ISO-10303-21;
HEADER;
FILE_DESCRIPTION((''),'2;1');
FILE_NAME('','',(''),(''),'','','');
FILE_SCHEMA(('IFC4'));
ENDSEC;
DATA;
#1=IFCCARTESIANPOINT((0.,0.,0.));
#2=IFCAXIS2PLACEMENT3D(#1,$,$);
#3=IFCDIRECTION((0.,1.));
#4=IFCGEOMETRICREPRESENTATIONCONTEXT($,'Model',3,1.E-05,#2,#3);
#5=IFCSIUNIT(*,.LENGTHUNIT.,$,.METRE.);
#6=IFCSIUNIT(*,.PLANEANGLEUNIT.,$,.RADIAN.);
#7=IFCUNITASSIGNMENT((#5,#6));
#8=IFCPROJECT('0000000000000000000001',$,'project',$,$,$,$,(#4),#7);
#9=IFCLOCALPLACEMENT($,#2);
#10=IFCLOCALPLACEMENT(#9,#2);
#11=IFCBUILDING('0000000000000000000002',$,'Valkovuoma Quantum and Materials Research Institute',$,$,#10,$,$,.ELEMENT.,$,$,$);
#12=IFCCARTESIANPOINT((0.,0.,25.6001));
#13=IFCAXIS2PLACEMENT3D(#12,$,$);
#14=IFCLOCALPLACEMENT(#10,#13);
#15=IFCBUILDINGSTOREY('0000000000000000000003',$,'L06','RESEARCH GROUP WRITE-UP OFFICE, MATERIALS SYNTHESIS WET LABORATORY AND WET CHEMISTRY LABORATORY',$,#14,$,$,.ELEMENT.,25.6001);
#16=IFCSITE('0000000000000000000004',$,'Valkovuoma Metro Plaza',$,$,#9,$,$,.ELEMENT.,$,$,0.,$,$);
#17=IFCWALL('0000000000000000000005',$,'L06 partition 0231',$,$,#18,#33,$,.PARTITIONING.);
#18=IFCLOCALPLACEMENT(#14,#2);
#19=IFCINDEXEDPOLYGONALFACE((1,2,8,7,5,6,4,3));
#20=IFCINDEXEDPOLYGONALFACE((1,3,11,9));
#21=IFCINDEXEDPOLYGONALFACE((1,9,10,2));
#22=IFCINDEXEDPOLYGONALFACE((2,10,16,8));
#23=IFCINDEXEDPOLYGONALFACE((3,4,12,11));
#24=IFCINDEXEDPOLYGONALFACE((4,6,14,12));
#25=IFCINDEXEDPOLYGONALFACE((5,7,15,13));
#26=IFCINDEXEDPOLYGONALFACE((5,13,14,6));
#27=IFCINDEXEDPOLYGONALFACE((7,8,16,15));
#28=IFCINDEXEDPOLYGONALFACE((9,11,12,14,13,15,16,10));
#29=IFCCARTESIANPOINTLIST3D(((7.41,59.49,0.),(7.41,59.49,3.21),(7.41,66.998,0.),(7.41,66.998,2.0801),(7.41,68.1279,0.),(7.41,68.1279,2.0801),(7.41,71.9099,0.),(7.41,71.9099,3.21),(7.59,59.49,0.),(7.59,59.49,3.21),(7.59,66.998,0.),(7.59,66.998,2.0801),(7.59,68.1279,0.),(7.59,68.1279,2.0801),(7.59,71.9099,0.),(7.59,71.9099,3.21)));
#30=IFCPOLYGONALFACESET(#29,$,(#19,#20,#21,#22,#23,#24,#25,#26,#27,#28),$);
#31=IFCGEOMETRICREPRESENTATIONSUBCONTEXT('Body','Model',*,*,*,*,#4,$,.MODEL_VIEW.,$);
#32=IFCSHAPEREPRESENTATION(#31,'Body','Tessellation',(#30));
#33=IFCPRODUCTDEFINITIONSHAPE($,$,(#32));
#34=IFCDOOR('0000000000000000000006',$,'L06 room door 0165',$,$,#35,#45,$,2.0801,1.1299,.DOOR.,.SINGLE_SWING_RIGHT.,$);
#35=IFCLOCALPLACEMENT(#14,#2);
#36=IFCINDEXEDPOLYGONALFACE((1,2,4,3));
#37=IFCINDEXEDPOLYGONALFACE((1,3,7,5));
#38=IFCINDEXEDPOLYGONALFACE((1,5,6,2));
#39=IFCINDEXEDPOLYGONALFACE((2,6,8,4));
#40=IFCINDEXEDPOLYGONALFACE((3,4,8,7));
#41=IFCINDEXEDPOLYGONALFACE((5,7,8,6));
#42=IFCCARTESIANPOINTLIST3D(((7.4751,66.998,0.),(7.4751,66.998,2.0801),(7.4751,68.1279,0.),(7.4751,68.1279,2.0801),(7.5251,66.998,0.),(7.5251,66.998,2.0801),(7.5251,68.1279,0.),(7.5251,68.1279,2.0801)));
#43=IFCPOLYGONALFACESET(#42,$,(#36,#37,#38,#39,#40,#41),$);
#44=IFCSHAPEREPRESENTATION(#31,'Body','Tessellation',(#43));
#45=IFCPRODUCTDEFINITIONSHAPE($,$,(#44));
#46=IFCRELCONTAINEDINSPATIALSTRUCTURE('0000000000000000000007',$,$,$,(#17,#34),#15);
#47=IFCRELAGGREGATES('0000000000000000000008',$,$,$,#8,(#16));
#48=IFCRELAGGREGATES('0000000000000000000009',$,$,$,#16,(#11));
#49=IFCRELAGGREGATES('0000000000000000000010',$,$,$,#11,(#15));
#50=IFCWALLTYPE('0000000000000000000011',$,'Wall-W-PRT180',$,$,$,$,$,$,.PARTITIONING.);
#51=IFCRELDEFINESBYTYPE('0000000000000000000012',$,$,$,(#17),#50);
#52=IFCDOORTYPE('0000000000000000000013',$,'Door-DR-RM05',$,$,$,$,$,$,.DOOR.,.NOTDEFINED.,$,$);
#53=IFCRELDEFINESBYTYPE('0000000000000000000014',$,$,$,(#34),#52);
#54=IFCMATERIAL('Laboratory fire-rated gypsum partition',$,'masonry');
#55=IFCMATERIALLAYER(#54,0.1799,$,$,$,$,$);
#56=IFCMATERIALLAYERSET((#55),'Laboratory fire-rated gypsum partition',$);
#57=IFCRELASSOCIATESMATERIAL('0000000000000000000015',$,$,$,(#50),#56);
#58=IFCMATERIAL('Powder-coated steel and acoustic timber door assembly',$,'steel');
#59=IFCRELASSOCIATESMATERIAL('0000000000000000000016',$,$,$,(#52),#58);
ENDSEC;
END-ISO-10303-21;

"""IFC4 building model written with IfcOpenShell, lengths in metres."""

from ifc_helpers import new_model, si_unit, direction, frame, frame_2d, origin, place, context, subcontext, project, spatial, rectangle, extrude, material, layer, layer_set, type_object, element, fill, save


model = new_model("IFC4")

# Units and contexts
model_context = context("Model", 3, precision=1e-05, world=origin(), true_north=direction((0.0, 1.0)))
body_context = subcontext(model_context, "Body", "Model", "MODEL_VIEW")
ifc_project = project(units=[si_unit("LENGTHUNIT", "METRE"), si_unit("PLANEANGLEUNIT", "RADIAN")], contexts=[model_context])

# Site, building, storey
site_placement = place(None, origin())
site = spatial("IfcSite", under=ifc_project, at=site_placement, Name="Valkovuoma Metro Plaza", CompositionType="ELEMENT", RefElevation=0.0)
building_placement = place(site_placement, origin())
building = spatial("IfcBuilding", under=site, at=building_placement, Name="Valkovuoma Quantum and Materials Research Institute", CompositionType="ELEMENT")
storey_placement = place(building_placement, frame((0.0, 0.0, 25.6001)))
storey = spatial("IfcBuildingStorey", under=building, at=storey_placement, Name="L06", Description="RESEARCH GROUP WRITE-UP OFFICE, MATERIALS SYNTHESIS WET LABORATORY AND WET CHEMISTRY LABORATORY", CompositionType="ELEMENT", Elevation=25.6001)

# Shared definitions
ifc_material_1 = material(Name="Laboratory fire-rated gypsum partition", Category="masonry")
ifc_layer_1 = layer(ifc_material_1, 0.1799)
ifc_layer_set_1 = layer_set([ifc_layer_1], Name="Laboratory fire-rated gypsum partition")
wall_type = type_object("IfcWallType", Name="Wall-W-PRT180", PredefinedType="PARTITIONING", material=ifc_layer_set_1)

# Wall, opening, door
wall_1_placement = place(storey_placement, frame((7.5, 59.49, 0.0), z_axis=(0.0, 0.0, 1.0), x_axis=(0.0, 1.0, 0.0)))
wall_1 = element("IfcWall", 1, at=wall_1_placement, inside=storey, type_object=wall_type, Name="L06 partition 0231", PredefinedType="PARTITIONING", context=body_context, shape_type="SweptSolid", body=[
    extrude(rectangle(XDim=12.4199, YDim=0.1799, at=frame_2d((6.21, 0.0))), origin(), (0.0, 0.0, 1.0), 3.21),
])
opening_placement = place(wall_1_placement, frame((7.5081, 0.0, 0.0)))
opening = element("IfcOpeningElement", 2, at=opening_placement, cuts=wall_1, PredefinedType="OPENING", context=body_context, shape_type="SweptSolid", body=[
    extrude(rectangle(XDim=1.1299, YDim=2.0801, at=frame_2d((0.5649, 1.04))), frame((0.0, 0.1001, 0.0), z_axis=(0.0, -1.0, 0.0), x_axis=(1.0, 0.0, 0.0)), (0.0, 0.0, 1.0), 0.2),
])
ifc_material_2 = material(Name="Powder-coated steel and acoustic timber door assembly", Category="steel")
door_type = type_object("IfcDoorType", Name="Door-DR-RM05", OperationType="NOTDEFINED", PredefinedType="DOOR", material=ifc_material_2)
door_placement = place(opening_placement, origin())
door = element("IfcDoor", 3, at=door_placement, inside=storey, type_object=door_type, Name="L06 room door 0165", OperationType="SINGLE_SWING_RIGHT", OverallHeight=2.0801, OverallWidth=1.1299, PredefinedType="DOOR", context=body_context, shape_type="SweptSolid", body=[
    extrude(rectangle(XDim=1.1299, YDim=2.0801, at=frame_2d((0.5649, 1.04))), frame((0.0, 0.0249, 0.0), z_axis=(0.0, -1.0, 0.0), x_axis=(1.0, 0.0, 0.0)), (0.0, 0.0, 1.0), 0.05),
])
fill(opening, door)

save(model, "model.ifc")
